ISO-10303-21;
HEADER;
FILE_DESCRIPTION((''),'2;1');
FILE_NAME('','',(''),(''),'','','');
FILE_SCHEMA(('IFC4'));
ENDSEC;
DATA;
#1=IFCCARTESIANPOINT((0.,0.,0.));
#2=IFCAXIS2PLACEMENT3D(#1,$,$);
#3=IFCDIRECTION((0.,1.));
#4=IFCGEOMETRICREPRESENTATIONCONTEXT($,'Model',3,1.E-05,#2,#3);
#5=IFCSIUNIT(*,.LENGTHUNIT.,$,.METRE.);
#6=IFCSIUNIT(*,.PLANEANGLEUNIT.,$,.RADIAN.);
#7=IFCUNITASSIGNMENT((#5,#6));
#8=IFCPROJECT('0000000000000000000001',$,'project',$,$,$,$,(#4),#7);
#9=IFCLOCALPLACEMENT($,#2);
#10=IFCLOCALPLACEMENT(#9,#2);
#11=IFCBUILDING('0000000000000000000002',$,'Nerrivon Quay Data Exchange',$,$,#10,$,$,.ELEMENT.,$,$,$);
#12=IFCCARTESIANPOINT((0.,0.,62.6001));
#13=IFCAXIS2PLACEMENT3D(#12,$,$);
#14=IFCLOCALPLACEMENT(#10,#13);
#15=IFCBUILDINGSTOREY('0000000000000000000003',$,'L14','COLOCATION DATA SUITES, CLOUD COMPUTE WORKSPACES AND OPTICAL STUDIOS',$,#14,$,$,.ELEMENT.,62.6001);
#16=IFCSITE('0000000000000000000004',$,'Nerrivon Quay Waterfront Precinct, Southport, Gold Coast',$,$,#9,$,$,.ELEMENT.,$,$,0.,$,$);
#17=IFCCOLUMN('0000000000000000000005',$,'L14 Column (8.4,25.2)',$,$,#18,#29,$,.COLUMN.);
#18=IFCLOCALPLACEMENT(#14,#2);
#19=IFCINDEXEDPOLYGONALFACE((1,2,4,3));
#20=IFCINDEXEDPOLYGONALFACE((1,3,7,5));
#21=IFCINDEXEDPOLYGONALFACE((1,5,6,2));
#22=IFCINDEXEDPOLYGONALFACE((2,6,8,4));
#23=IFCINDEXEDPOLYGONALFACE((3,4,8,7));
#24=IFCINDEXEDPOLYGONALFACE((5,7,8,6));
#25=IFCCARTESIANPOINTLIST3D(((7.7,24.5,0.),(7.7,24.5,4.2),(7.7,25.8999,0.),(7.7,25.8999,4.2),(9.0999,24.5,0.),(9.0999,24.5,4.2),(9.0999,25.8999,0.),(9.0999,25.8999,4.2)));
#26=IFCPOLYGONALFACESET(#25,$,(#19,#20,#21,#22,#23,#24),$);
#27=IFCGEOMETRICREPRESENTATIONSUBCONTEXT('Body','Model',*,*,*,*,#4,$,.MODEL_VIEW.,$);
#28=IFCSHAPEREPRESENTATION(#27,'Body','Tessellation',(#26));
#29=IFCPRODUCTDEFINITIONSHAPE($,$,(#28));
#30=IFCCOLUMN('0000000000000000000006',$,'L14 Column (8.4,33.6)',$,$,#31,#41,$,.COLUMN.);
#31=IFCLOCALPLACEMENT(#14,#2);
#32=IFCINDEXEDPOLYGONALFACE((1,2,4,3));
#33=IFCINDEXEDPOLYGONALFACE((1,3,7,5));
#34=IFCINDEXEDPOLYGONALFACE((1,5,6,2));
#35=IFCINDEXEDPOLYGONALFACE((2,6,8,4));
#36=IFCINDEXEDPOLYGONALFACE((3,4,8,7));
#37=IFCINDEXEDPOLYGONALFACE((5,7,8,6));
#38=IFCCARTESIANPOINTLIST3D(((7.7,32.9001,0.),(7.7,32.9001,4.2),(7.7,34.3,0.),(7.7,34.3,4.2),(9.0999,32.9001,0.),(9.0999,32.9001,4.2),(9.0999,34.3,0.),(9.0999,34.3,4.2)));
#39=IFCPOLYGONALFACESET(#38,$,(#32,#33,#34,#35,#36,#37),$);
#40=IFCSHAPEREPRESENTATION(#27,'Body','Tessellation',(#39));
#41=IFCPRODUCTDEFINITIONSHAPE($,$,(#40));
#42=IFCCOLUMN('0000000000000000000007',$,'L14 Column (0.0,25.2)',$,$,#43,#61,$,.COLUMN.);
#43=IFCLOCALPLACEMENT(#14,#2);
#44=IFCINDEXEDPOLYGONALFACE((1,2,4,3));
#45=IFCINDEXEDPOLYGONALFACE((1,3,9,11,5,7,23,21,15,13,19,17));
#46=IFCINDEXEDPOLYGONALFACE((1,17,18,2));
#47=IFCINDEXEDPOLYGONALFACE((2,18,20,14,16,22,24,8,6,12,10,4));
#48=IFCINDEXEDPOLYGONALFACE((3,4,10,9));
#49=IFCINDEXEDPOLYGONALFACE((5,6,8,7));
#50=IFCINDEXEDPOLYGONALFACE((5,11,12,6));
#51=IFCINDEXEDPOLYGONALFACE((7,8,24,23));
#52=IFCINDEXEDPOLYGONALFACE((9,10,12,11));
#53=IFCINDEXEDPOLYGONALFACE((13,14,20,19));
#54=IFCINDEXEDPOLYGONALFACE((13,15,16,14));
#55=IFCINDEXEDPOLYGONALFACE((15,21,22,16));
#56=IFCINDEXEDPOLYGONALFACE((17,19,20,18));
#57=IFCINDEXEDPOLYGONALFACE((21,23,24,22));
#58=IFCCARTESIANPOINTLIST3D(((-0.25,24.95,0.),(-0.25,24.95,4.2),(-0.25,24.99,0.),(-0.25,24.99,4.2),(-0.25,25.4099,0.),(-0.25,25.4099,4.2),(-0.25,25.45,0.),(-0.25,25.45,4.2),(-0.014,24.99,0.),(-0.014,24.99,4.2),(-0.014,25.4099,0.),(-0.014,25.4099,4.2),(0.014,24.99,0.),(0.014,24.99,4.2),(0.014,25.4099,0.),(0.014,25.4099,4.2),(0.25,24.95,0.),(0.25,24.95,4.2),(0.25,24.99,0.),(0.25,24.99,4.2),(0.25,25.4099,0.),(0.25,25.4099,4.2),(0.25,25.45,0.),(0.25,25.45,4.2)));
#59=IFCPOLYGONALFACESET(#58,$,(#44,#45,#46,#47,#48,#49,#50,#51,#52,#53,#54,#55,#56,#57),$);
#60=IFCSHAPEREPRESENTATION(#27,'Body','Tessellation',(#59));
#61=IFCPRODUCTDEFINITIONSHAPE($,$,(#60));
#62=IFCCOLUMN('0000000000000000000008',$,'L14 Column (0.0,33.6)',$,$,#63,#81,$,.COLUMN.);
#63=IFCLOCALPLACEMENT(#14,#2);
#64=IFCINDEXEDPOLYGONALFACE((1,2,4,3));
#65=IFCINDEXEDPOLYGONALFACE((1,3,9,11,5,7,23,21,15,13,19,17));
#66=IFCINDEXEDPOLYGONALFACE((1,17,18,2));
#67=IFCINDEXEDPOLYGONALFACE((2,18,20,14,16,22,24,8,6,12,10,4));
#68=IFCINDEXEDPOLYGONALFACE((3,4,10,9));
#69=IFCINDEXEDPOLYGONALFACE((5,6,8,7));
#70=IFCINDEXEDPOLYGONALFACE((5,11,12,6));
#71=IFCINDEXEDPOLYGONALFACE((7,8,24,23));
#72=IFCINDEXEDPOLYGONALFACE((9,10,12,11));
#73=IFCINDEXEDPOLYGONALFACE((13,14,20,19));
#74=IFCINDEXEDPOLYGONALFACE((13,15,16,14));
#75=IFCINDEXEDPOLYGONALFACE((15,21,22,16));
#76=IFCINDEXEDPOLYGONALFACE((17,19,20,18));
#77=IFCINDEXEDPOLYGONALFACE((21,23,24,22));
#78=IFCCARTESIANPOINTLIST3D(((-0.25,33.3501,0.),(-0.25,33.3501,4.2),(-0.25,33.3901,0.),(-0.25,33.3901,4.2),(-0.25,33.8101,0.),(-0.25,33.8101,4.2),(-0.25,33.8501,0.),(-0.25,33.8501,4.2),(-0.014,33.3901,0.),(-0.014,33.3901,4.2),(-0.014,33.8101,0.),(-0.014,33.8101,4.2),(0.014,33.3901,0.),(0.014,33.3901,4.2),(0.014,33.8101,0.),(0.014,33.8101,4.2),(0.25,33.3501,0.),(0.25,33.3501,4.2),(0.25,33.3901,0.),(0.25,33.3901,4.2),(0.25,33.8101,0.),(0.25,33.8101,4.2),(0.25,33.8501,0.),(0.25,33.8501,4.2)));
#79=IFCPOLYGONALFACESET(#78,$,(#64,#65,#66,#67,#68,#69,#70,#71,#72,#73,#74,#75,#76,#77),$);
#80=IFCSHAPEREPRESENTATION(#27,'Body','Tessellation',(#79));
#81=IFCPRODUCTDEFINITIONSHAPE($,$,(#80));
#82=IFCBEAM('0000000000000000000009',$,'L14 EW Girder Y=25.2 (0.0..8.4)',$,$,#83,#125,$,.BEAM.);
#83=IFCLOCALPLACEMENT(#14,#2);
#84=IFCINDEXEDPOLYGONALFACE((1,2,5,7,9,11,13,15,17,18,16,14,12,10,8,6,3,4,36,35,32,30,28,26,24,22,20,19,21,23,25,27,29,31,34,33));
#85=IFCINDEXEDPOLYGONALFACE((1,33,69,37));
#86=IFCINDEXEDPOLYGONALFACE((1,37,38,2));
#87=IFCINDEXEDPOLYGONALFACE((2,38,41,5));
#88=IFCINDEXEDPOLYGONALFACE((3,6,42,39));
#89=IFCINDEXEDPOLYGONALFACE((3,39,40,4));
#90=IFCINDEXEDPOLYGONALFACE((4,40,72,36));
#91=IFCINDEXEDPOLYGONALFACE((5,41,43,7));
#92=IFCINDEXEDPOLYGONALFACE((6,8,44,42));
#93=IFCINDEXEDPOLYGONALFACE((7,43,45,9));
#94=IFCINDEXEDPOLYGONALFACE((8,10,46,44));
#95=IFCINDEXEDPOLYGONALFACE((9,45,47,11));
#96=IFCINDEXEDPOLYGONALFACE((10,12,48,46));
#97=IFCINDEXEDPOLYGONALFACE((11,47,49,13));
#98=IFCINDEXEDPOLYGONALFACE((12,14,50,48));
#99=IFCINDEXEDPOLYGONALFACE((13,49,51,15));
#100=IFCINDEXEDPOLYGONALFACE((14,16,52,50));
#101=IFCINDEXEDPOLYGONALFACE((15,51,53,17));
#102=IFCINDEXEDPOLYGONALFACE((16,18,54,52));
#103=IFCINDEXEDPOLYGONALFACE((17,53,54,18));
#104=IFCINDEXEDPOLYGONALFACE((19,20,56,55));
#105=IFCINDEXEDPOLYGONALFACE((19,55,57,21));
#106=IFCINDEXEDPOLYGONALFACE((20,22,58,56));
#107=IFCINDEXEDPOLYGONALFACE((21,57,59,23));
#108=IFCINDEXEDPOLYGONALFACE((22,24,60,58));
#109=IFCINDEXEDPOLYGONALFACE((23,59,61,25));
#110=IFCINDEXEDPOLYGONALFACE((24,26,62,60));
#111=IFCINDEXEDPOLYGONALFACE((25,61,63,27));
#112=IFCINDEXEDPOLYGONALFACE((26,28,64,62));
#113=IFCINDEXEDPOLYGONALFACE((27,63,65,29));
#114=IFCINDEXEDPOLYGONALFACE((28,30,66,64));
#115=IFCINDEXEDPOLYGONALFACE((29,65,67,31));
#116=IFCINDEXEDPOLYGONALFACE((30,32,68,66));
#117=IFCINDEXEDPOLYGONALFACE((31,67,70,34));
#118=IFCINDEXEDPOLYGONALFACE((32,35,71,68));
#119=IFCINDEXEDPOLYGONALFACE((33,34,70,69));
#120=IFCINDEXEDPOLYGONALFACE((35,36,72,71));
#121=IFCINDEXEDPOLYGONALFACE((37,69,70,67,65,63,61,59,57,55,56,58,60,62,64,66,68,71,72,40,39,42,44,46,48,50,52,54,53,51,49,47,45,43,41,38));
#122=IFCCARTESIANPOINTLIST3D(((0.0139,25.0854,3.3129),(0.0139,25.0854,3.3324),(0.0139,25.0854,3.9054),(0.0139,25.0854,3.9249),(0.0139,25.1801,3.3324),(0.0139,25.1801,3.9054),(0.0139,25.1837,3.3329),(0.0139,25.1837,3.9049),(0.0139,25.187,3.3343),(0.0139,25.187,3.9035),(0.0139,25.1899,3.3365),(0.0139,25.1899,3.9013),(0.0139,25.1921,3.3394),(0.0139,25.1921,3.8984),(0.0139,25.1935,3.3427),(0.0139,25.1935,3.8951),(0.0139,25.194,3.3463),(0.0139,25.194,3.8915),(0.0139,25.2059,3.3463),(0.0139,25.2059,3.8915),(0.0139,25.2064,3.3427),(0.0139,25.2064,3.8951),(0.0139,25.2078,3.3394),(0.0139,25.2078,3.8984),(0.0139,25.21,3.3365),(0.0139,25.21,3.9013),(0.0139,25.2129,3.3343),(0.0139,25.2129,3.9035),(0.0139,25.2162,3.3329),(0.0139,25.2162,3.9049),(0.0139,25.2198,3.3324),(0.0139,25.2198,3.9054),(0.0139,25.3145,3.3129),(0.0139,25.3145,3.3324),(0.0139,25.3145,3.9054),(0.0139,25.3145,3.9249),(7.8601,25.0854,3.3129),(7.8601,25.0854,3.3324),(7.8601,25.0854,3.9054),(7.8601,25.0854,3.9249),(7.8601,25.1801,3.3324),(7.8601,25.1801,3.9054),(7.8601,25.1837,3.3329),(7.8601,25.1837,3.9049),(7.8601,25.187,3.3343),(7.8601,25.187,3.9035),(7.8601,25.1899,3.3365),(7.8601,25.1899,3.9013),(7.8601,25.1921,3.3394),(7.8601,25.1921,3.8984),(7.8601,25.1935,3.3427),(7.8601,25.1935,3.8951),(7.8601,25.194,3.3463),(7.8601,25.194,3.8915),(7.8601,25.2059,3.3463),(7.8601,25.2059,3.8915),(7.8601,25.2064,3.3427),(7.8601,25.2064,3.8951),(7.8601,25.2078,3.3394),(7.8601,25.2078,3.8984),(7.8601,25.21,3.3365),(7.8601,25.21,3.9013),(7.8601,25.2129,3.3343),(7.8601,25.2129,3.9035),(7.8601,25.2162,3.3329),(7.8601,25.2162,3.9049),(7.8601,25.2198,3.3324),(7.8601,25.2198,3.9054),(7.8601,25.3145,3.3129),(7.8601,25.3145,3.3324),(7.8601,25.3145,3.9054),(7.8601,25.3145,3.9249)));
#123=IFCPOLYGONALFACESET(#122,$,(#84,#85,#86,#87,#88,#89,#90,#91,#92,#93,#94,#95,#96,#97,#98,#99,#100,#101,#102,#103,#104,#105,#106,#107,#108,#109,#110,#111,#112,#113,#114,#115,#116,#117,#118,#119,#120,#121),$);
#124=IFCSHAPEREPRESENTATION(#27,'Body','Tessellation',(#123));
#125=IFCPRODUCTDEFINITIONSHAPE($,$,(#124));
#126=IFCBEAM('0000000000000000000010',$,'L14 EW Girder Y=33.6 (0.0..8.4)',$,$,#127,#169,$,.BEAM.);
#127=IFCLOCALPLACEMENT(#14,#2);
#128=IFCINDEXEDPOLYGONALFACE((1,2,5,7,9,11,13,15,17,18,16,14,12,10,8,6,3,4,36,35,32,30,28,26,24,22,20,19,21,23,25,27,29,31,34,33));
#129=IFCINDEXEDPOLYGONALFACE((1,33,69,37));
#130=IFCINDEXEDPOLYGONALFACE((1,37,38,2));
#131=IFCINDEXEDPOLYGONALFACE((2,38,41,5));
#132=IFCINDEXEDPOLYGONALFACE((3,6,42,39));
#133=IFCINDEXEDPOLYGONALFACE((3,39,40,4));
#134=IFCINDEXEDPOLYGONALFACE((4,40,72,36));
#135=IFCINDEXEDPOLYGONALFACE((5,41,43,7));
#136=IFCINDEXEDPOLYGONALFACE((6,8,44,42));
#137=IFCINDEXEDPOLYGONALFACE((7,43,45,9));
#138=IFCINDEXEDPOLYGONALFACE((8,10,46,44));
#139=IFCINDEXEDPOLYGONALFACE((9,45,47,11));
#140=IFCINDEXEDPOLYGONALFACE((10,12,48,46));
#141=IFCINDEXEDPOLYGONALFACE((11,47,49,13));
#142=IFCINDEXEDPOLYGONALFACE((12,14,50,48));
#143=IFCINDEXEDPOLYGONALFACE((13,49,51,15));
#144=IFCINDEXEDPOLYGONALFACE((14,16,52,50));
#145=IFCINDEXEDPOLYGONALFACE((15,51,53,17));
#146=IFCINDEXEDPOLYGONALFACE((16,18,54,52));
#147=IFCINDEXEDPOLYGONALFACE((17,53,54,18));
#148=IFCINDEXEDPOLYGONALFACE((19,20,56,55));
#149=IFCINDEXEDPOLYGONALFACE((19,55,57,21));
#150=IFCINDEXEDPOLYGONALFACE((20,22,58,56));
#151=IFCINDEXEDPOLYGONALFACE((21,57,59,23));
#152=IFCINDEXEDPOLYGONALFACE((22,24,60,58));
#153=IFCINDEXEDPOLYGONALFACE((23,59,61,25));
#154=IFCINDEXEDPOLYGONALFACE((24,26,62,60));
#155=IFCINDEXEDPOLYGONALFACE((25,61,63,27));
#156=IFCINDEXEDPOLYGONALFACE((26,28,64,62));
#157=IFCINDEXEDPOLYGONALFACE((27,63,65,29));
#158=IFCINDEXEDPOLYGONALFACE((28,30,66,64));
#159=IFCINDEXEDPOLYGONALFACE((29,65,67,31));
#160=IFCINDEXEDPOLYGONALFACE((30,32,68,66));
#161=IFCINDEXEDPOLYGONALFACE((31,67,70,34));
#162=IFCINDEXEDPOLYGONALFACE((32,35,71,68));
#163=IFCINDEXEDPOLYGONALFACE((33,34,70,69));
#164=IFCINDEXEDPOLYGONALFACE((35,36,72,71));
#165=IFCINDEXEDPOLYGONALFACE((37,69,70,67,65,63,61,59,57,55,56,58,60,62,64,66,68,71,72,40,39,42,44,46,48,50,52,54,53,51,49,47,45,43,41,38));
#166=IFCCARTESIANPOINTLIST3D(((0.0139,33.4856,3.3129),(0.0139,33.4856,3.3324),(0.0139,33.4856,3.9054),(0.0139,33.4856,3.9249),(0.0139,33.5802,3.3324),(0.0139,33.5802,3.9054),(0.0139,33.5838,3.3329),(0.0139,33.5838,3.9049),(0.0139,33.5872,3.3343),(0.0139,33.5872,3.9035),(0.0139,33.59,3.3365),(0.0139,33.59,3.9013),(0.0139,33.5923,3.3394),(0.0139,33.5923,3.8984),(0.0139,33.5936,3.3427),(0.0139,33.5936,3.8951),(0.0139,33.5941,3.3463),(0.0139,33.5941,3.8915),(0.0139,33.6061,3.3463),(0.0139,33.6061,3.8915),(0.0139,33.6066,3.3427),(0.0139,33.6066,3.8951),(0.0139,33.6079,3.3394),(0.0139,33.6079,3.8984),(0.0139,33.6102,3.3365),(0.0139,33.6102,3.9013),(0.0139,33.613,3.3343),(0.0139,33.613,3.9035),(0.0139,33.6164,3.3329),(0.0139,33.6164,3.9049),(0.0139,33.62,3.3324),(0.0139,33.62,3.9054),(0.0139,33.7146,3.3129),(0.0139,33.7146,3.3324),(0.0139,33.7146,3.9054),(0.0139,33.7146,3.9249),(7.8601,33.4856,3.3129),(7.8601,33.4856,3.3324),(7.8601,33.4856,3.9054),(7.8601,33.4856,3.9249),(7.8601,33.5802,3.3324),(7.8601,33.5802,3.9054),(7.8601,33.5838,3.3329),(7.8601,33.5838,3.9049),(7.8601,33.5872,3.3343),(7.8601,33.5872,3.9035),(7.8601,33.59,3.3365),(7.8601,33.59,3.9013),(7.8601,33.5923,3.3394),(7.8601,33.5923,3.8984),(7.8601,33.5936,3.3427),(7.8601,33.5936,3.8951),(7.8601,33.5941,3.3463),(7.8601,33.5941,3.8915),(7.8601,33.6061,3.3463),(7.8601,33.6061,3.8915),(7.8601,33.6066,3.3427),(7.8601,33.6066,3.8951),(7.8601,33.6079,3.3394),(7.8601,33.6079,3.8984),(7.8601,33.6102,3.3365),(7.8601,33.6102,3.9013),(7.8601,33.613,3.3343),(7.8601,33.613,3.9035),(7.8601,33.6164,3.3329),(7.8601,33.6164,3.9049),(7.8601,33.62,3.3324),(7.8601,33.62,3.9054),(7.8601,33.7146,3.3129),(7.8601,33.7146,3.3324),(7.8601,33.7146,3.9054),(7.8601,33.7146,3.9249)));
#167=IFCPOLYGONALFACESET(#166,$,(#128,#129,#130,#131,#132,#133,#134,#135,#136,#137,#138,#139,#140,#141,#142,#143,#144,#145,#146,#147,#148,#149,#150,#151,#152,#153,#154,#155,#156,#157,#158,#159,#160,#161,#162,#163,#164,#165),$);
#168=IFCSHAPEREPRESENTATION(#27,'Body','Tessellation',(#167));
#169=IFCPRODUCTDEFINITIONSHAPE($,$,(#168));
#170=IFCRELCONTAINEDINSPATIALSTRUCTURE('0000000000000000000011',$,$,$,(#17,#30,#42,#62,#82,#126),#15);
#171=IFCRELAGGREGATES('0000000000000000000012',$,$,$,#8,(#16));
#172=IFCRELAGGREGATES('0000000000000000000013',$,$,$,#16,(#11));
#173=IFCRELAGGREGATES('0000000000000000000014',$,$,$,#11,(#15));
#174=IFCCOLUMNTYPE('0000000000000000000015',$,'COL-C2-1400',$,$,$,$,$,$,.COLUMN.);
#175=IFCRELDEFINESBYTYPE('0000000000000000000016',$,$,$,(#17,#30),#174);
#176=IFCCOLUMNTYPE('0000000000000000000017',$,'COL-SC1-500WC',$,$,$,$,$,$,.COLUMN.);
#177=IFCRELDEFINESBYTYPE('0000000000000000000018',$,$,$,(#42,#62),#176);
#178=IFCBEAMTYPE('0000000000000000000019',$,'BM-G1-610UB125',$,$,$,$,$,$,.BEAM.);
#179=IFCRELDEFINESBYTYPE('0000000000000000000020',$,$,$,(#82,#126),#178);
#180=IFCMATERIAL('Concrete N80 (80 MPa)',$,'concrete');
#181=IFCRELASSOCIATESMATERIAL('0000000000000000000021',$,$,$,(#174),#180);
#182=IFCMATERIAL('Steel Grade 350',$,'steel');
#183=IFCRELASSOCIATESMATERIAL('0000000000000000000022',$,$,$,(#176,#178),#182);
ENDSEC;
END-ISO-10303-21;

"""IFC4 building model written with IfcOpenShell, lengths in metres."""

from ifc_helpers import new_model, si_unit, direction, frame, origin, origin_2d, place, context, subcontext, project, spatial, rectangle, i_section, extrude, material, material_profile, profile_set, type_object, element, save


model = new_model("IFC4")

# Units and contexts
model_context = context("Model", 3, precision=1e-05, world=origin(), true_north=direction((0.0, 1.0)))
body_context = subcontext(model_context, "Body", "Model", "MODEL_VIEW")
ifc_project = project(units=[si_unit("LENGTHUNIT", "METRE"), si_unit("PLANEANGLEUNIT", "RADIAN")], contexts=[model_context])

# Site, building, storey
site_placement = place(None, origin())
site = spatial("IfcSite", under=ifc_project, at=site_placement, Name="Nerrivon Quay Waterfront Precinct, Southport, Gold Coast", CompositionType="ELEMENT", RefElevation=0.0)
building_placement = place(site_placement, origin())
building = spatial("IfcBuilding", under=site, at=building_placement, Name="Nerrivon Quay Data Exchange", CompositionType="ELEMENT")
storey_placement = place(building_placement, frame((0.0, 0.0, 62.6001)))
storey = spatial("IfcBuildingStorey", under=building, at=storey_placement, Name="L14", Description="COLOCATION DATA SUITES, CLOUD COMPUTE WORKSPACES AND OPTICAL STUDIOS", CompositionType="ELEMENT", Elevation=62.6001)

# Columns
ifc_material_1 = material(Name="Concrete N80 (80 MPa)", Category="concrete")
ifc_material_profile_1 = material_profile(ifc_material_1, rectangle(XDim=1.3999, YDim=1.3999, at=origin_2d()), Name="RC-COL-1400x1400")
ifc_profile_set_1 = profile_set([ifc_material_profile_1], Name="Concrete N80 (80 MPa)")
column_type_1 = type_object("IfcColumnType", Name="COL-C2-1400", PredefinedType="COLUMN", material=ifc_profile_set_1)
for number, where, z_axis, x_axis, name in (
    (1, (8.3999, 25.2, 0.0), (0.0, 0.0, 1.0), (1.0, 0.0, 0.0), "L14 Column (8.4,25.2)"),
    (2, (8.3999, 33.6001, 0.0), (0.0, 0.0, 1.0), (1.0, 0.0, 0.0), "L14 Column (8.4,33.6)"),
):
    element("IfcColumn", number, at=place(storey_placement, frame(where, z_axis=z_axis, x_axis=x_axis)), inside=storey, type_object=column_type_1, Name=name, PredefinedType="COLUMN", context=body_context, shape_type="SweptSolid", body=[
        extrude(rectangle(XDim=1.3999, YDim=1.3999, at=origin_2d()), origin(), (0.0, 0.0, 1.0), 4.2),
    ])
ifc_material_2 = material(Name="Steel Grade 350", Category="steel")
ifc_material_profile_2 = material_profile(ifc_material_2, i_section(OverallWidth=0.5, OverallDepth=0.5, WebThickness=0.0281, FlangeThickness=0.04, at=origin_2d()), Name="500WC440")
ifc_profile_set_2 = profile_set([ifc_material_profile_2], Name="Steel Grade 350")
column_type_2 = type_object("IfcColumnType", Name="COL-SC1-500WC", PredefinedType="COLUMN", material=ifc_profile_set_2)
for number, where, z_axis, x_axis, name in (
    (3, (0.0, 25.2, 0.0), (0.0, 0.0, 1.0), (1.0, 0.0, 0.0), "L14 Column (0.0,25.2)"),
    (4, (0.0, 33.6001, 0.0), (0.0, 0.0, 1.0), (1.0, 0.0, 0.0), "L14 Column (0.0,33.6)"),
):
    element("IfcColumn", number, at=place(storey_placement, frame(where, z_axis=z_axis, x_axis=x_axis)), inside=storey, type_object=column_type_2, Name=name, PredefinedType="COLUMN", context=body_context, shape_type="SweptSolid", body=[
        extrude(i_section(OverallWidth=0.5, OverallDepth=0.5, WebThickness=0.0281, FlangeThickness=0.04, at=origin_2d()), origin(), (0.0, 0.0, 1.0), 4.2),
    ])

# Beams
ifc_material_profile_3 = material_profile(ifc_material_2, i_section(OverallWidth=0.229, OverallDepth=0.6121, WebThickness=0.012, FlangeThickness=0.0195, FilletRadius=0.0139, at=origin_2d()), Name="610UB125")
ifc_profile_set_3 = profile_set([ifc_material_profile_3], Name="Steel Grade 350")
beam_type_1 = type_object("IfcBeamType", Name="BM-G1-610UB125", PredefinedType="BEAM", material=ifc_profile_set_3)
for number, where, z_axis, x_axis, name in (
    (5, (0.0139, 25.2, 3.6189), (1.0, 0.0, 0.0), (0.0, 1.0, 0.0), "L14 EW Girder Y=25.2 (0.0..8.4)"),
    (6, (0.0139, 33.6001, 3.6189), (1.0, 0.0, 0.0), (0.0, 1.0, 0.0), "L14 EW Girder Y=33.6 (0.0..8.4)"),
):
    element("IfcBeam", number, at=place(storey_placement, frame(where, z_axis=z_axis, x_axis=x_axis)), inside=storey, type_object=beam_type_1, Name=name, PredefinedType="BEAM", context=body_context, shape_type="SweptSolid", body=[
        extrude(i_section(OverallWidth=0.229, OverallDepth=0.6121, WebThickness=0.012, FlangeThickness=0.0195, FilletRadius=0.0139, at=origin_2d()), origin(), (0.0, 0.0, 1.0), 7.8462),
    ])

save(model, "model.ifc")
